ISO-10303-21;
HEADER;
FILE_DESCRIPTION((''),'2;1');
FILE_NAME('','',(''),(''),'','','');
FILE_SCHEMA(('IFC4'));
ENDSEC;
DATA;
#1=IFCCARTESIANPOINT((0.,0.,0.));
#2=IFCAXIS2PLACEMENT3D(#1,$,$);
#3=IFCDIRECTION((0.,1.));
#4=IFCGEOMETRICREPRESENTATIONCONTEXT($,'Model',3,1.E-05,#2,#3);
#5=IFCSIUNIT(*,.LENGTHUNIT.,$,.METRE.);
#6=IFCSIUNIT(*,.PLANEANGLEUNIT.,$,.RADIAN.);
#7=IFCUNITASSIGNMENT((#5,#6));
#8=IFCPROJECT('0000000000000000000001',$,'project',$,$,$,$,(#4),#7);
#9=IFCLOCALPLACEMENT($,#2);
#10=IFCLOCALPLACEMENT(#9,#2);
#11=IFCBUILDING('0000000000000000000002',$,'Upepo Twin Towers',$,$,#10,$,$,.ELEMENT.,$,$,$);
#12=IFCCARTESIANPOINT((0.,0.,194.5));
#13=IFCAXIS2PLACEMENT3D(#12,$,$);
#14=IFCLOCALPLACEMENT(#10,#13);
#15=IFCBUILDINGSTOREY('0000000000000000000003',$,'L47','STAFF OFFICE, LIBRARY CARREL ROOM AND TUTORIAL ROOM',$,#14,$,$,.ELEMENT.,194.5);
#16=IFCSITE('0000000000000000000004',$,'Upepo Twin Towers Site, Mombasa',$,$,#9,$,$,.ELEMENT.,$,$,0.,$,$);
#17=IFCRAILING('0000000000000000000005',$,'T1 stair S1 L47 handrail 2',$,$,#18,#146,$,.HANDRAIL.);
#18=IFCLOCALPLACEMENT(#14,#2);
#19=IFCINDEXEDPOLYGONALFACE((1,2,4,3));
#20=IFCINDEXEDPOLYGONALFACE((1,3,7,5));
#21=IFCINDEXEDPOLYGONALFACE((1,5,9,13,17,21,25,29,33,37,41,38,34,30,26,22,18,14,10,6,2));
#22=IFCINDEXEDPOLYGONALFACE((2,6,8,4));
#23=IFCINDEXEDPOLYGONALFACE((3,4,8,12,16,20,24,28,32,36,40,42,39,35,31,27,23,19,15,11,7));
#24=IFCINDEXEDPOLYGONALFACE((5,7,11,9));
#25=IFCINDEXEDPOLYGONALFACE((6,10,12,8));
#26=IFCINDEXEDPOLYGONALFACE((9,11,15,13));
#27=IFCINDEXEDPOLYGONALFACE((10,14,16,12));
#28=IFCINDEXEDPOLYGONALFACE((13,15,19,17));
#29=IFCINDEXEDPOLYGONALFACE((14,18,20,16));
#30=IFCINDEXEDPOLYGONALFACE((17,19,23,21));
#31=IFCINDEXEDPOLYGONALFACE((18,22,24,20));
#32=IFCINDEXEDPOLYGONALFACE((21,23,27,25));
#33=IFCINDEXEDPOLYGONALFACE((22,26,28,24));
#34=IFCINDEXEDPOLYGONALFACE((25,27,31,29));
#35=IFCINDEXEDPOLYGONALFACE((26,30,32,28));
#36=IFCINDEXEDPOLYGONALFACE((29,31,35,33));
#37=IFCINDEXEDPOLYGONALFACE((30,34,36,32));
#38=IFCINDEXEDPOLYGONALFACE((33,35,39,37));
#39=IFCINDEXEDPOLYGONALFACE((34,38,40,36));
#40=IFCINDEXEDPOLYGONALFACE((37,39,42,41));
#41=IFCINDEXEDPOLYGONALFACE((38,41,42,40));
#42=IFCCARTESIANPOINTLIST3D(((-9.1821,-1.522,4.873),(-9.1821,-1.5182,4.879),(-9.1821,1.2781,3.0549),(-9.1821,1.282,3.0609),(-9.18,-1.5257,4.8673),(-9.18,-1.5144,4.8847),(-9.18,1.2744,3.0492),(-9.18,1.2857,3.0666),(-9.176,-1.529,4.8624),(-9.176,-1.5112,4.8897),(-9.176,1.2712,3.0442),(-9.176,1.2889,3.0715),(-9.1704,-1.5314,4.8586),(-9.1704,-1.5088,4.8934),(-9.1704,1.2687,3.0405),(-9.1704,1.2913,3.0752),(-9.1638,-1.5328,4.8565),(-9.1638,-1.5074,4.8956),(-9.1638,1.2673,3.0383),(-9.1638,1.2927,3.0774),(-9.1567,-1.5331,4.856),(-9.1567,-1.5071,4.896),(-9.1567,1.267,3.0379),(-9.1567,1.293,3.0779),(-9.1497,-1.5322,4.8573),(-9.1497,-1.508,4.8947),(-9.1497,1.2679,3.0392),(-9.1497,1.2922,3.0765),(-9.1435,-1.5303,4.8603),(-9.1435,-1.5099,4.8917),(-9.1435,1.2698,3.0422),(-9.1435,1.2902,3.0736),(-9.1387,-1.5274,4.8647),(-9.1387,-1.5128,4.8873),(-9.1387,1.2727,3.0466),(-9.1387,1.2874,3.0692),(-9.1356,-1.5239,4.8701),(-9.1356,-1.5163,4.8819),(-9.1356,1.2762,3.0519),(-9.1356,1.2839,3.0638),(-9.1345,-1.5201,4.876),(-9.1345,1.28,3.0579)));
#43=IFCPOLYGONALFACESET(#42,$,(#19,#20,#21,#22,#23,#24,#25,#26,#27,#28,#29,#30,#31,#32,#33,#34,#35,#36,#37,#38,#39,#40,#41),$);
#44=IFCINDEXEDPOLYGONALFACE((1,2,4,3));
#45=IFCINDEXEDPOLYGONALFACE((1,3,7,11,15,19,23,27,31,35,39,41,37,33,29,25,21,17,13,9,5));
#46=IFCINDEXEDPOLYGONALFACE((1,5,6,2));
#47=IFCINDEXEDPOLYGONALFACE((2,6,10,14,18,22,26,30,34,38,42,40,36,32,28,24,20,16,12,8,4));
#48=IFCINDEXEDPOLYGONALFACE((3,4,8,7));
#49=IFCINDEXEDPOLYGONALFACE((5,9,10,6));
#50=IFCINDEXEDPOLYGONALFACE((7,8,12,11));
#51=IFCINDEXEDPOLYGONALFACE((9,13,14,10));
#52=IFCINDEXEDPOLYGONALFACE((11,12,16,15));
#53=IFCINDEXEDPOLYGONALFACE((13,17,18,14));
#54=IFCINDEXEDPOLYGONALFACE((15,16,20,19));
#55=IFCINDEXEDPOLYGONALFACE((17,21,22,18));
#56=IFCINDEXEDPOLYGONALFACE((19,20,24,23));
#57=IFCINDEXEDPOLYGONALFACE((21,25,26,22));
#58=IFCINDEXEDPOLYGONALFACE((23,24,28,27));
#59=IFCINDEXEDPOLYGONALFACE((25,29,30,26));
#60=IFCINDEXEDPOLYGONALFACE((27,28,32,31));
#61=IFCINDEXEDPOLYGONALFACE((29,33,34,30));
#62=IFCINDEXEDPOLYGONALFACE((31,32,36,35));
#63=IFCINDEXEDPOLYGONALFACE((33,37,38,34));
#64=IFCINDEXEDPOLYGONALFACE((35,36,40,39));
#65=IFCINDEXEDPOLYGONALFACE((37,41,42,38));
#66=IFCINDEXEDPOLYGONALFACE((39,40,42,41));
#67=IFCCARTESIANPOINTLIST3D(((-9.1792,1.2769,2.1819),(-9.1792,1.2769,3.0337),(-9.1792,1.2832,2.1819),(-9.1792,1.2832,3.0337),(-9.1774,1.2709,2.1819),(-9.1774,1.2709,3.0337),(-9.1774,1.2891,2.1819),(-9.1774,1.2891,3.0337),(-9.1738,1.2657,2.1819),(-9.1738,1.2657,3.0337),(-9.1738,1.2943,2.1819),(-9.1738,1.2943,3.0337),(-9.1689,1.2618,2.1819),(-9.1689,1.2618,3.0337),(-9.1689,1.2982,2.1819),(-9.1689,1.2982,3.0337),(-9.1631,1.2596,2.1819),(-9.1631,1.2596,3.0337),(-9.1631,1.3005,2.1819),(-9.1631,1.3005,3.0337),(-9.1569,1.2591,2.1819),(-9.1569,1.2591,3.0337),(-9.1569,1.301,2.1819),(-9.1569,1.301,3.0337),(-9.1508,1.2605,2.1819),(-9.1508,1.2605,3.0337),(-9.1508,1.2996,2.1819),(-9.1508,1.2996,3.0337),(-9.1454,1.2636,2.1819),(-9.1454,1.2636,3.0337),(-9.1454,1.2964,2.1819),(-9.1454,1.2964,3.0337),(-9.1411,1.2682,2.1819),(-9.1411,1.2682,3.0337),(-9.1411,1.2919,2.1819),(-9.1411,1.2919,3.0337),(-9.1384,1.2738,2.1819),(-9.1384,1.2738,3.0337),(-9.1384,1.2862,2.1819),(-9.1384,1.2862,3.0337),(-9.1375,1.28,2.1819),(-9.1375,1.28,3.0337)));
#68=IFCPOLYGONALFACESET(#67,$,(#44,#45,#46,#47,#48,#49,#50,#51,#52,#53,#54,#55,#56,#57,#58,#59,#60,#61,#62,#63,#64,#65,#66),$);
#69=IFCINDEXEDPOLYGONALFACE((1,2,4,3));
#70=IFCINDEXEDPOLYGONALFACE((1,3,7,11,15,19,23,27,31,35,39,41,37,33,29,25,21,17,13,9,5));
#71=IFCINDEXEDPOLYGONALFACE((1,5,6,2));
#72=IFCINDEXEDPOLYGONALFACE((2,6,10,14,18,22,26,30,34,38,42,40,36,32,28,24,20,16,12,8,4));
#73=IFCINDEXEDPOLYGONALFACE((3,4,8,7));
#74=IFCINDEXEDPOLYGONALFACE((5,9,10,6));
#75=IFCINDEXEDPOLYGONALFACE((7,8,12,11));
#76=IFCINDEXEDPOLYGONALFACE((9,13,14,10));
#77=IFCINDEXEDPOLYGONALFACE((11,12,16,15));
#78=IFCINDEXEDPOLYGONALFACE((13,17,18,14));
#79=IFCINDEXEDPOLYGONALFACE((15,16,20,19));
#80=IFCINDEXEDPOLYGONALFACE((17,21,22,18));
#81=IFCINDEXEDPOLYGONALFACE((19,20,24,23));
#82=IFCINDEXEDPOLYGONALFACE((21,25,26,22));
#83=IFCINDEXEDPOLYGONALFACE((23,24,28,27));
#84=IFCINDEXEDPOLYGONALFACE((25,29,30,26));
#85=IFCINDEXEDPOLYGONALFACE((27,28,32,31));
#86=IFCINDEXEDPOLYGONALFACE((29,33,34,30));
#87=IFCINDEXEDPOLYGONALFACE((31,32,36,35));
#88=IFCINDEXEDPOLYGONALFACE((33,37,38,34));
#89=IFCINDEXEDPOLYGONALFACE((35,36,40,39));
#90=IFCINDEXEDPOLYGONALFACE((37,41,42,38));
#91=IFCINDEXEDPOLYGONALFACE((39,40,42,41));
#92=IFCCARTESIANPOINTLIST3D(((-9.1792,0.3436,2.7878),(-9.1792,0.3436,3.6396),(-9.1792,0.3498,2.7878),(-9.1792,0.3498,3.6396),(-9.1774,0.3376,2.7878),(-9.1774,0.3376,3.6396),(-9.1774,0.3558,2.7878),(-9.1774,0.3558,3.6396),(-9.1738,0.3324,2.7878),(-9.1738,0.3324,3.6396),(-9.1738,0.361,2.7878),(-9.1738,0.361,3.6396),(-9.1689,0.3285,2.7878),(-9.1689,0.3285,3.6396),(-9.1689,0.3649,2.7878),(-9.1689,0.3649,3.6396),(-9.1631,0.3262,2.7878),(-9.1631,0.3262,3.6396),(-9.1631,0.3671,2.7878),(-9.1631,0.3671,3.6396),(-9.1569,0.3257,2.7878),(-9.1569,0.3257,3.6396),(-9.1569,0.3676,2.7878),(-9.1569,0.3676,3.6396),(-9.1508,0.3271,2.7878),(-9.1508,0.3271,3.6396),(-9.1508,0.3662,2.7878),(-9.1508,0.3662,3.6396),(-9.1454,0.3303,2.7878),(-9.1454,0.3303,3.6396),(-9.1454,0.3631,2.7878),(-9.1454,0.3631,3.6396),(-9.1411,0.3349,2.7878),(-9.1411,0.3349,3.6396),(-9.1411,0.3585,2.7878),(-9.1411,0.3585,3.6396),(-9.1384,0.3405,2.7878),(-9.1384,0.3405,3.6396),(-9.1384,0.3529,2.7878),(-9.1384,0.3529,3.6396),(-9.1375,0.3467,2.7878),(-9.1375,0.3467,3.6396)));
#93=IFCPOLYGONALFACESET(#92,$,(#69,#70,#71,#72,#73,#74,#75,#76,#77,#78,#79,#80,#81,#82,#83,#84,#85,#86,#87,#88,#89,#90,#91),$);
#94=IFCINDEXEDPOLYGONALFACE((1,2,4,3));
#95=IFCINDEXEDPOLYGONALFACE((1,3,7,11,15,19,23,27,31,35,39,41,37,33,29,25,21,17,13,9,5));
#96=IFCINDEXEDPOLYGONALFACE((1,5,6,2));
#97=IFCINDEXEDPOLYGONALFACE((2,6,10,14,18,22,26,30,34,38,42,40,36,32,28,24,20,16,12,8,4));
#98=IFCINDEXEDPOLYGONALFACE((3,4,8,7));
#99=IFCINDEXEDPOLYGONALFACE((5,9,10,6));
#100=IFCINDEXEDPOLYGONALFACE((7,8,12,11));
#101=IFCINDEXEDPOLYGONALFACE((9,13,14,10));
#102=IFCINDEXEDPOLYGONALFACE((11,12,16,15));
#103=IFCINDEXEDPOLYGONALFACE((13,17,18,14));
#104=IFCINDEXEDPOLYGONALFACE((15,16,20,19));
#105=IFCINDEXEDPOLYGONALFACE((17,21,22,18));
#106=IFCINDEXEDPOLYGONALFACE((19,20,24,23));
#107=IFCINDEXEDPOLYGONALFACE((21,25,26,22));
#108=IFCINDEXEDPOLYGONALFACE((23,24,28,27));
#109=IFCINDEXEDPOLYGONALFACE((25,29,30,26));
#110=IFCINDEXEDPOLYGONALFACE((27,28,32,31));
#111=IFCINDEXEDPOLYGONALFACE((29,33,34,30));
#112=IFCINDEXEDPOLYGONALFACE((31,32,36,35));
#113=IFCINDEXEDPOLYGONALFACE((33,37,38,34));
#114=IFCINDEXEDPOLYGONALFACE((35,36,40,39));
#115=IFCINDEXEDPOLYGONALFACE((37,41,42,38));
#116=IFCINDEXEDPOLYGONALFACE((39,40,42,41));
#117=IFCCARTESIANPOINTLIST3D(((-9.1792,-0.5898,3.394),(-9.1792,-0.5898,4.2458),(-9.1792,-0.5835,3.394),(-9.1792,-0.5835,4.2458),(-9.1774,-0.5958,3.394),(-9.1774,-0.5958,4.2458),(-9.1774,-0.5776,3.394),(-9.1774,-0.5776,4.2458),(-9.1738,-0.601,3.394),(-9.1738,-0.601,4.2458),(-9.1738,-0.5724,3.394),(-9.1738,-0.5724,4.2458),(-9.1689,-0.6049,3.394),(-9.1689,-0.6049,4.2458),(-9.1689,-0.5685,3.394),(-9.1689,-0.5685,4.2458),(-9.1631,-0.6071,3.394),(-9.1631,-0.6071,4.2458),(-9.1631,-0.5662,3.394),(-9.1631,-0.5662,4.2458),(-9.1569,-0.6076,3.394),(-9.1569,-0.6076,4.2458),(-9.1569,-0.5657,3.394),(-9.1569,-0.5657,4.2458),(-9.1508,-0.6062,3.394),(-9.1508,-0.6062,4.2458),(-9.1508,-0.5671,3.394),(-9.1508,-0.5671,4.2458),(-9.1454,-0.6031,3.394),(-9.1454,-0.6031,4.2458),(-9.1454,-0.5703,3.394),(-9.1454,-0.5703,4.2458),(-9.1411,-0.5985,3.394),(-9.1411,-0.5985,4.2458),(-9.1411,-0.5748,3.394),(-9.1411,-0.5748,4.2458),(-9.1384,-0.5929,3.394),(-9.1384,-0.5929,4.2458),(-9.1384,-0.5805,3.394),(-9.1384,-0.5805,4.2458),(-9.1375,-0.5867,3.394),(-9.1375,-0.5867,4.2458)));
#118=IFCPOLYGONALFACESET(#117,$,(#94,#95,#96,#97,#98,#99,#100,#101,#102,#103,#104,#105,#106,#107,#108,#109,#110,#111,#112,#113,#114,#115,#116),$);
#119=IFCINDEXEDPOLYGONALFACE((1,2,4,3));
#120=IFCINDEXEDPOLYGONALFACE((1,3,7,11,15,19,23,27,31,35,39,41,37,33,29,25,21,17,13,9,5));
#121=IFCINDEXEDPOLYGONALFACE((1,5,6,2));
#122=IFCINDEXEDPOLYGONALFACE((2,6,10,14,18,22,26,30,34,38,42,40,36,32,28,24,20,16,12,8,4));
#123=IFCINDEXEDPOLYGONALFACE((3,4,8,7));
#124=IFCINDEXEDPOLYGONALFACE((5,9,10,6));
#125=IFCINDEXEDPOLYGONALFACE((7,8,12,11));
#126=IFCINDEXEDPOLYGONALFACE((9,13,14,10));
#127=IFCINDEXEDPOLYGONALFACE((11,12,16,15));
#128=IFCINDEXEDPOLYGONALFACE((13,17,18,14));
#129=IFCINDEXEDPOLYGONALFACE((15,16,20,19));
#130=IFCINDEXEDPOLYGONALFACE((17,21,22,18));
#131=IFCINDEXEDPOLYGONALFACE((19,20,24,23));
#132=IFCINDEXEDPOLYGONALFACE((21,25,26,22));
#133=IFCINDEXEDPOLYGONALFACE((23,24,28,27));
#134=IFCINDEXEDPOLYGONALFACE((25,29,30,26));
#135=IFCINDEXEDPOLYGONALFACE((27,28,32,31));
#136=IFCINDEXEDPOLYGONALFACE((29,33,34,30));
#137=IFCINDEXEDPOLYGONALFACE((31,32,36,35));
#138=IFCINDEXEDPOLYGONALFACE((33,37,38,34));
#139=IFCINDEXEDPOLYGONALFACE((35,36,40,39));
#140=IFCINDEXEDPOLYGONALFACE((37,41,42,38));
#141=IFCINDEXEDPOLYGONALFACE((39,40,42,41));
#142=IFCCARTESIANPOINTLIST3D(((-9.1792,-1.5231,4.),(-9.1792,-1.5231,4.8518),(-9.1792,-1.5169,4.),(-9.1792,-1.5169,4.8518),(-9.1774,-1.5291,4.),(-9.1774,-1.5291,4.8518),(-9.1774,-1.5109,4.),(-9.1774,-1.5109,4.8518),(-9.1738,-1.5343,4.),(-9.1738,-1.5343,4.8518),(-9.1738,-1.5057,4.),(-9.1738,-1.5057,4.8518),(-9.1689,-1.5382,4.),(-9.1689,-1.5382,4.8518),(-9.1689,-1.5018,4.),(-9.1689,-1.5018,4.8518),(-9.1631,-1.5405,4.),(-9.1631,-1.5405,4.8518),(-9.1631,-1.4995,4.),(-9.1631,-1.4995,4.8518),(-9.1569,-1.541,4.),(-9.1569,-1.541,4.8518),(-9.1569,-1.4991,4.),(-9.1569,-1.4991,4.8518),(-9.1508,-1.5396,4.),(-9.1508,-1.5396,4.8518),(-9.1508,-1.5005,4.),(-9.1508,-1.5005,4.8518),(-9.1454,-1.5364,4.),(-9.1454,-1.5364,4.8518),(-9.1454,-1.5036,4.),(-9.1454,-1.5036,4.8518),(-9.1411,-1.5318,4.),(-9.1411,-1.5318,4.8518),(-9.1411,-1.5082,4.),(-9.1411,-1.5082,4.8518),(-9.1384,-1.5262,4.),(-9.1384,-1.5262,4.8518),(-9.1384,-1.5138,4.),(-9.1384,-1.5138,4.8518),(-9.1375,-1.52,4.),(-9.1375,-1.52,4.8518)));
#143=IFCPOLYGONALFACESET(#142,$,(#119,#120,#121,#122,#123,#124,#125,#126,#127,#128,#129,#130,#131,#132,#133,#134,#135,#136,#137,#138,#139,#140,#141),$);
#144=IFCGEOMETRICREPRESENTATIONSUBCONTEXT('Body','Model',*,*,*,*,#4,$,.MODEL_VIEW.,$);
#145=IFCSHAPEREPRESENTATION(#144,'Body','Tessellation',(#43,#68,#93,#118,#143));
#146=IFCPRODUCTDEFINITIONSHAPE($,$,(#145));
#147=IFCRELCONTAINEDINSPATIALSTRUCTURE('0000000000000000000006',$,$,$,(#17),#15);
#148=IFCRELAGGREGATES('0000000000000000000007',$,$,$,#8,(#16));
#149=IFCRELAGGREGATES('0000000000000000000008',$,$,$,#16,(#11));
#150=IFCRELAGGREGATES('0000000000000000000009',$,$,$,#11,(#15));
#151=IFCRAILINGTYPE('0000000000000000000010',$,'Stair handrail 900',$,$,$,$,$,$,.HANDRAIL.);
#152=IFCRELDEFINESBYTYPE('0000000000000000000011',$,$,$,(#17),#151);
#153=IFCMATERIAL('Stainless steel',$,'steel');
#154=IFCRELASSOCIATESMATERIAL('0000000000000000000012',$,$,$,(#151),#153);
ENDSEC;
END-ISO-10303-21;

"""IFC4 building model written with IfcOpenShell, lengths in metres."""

from ifc_helpers import new_model, si_unit, direction, frame, origin, origin_2d, place, context, subcontext, project, spatial, circle, extrude, material, type_object, element, save


model = new_model("IFC4")

# Units and contexts
model_context = context("Model", 3, precision=1e-05, world=origin(), true_north=direction((0.0, 1.0)))
body_context = subcontext(model_context, "Body", "Model", "MODEL_VIEW")
ifc_project = project(units=[si_unit("LENGTHUNIT", "METRE"), si_unit("PLANEANGLEUNIT", "RADIAN")], contexts=[model_context])

# Site, building, storey
site_placement = place(None, origin())
site = spatial("IfcSite", under=ifc_project, at=site_placement, Name="Upepo Twin Towers Site, Mombasa", CompositionType="ELEMENT", RefElevation=0.0)
building_placement = place(site_placement, origin())
building = spatial("IfcBuilding", under=site, at=building_placement, Name="Upepo Twin Towers", CompositionType="ELEMENT")
storey_placement = place(building_placement, frame((0.0, 0.0, 194.5)))
storey = spatial("IfcBuildingStorey", under=building, at=storey_placement, Name="L47", Description="STAFF OFFICE, LIBRARY CARREL ROOM AND TUTORIAL ROOM", CompositionType="ELEMENT", Elevation=194.5)

# Railing
ifc_material_1 = material(Name="Stainless steel", Category="steel")
railing_type = type_object("IfcRailingType", Name="Stair handrail 900", PredefinedType="HANDRAIL", material=ifc_material_1)
railing_1_placement = place(storey_placement, frame((-9.1584, 1.28, 2.1819)))
element("IfcRailing", 1, at=railing_1_placement, inside=storey, type_object=railing_type, Name="T1 stair S1 L47 handrail 2", PredefinedType="HANDRAIL", context=body_context, shape_type="SweptSolid", body=[
    extrude(circle(Radius=0.0239, at=origin_2d()), frame((0.0, 0.0, 0.876), z_axis=(0.0, -0.838706, 0.544585), x_axis=(1.0, 0.0, 0.0)), (0.0, 0.0, 1.0), 3.3386),
    extrude(circle(Radius=0.021, at=origin_2d()), origin(), (0.0, 0.0, 1.0), 0.8518),
    extrude(circle(Radius=0.021, at=origin_2d()), frame((0.0, -0.9333, 0.606)), (0.0, 0.0, 1.0), 0.8518),
    extrude(circle(Radius=0.021, at=origin_2d()), frame((0.0, -1.8667, 1.2122)), (0.0, 0.0, 1.0), 0.8518),
    extrude(circle(Radius=0.021, at=origin_2d()), frame((0.0, -2.8, 1.8181)), (0.0, 0.0, 1.0), 0.8518),
])

save(model, "model.ifc")
